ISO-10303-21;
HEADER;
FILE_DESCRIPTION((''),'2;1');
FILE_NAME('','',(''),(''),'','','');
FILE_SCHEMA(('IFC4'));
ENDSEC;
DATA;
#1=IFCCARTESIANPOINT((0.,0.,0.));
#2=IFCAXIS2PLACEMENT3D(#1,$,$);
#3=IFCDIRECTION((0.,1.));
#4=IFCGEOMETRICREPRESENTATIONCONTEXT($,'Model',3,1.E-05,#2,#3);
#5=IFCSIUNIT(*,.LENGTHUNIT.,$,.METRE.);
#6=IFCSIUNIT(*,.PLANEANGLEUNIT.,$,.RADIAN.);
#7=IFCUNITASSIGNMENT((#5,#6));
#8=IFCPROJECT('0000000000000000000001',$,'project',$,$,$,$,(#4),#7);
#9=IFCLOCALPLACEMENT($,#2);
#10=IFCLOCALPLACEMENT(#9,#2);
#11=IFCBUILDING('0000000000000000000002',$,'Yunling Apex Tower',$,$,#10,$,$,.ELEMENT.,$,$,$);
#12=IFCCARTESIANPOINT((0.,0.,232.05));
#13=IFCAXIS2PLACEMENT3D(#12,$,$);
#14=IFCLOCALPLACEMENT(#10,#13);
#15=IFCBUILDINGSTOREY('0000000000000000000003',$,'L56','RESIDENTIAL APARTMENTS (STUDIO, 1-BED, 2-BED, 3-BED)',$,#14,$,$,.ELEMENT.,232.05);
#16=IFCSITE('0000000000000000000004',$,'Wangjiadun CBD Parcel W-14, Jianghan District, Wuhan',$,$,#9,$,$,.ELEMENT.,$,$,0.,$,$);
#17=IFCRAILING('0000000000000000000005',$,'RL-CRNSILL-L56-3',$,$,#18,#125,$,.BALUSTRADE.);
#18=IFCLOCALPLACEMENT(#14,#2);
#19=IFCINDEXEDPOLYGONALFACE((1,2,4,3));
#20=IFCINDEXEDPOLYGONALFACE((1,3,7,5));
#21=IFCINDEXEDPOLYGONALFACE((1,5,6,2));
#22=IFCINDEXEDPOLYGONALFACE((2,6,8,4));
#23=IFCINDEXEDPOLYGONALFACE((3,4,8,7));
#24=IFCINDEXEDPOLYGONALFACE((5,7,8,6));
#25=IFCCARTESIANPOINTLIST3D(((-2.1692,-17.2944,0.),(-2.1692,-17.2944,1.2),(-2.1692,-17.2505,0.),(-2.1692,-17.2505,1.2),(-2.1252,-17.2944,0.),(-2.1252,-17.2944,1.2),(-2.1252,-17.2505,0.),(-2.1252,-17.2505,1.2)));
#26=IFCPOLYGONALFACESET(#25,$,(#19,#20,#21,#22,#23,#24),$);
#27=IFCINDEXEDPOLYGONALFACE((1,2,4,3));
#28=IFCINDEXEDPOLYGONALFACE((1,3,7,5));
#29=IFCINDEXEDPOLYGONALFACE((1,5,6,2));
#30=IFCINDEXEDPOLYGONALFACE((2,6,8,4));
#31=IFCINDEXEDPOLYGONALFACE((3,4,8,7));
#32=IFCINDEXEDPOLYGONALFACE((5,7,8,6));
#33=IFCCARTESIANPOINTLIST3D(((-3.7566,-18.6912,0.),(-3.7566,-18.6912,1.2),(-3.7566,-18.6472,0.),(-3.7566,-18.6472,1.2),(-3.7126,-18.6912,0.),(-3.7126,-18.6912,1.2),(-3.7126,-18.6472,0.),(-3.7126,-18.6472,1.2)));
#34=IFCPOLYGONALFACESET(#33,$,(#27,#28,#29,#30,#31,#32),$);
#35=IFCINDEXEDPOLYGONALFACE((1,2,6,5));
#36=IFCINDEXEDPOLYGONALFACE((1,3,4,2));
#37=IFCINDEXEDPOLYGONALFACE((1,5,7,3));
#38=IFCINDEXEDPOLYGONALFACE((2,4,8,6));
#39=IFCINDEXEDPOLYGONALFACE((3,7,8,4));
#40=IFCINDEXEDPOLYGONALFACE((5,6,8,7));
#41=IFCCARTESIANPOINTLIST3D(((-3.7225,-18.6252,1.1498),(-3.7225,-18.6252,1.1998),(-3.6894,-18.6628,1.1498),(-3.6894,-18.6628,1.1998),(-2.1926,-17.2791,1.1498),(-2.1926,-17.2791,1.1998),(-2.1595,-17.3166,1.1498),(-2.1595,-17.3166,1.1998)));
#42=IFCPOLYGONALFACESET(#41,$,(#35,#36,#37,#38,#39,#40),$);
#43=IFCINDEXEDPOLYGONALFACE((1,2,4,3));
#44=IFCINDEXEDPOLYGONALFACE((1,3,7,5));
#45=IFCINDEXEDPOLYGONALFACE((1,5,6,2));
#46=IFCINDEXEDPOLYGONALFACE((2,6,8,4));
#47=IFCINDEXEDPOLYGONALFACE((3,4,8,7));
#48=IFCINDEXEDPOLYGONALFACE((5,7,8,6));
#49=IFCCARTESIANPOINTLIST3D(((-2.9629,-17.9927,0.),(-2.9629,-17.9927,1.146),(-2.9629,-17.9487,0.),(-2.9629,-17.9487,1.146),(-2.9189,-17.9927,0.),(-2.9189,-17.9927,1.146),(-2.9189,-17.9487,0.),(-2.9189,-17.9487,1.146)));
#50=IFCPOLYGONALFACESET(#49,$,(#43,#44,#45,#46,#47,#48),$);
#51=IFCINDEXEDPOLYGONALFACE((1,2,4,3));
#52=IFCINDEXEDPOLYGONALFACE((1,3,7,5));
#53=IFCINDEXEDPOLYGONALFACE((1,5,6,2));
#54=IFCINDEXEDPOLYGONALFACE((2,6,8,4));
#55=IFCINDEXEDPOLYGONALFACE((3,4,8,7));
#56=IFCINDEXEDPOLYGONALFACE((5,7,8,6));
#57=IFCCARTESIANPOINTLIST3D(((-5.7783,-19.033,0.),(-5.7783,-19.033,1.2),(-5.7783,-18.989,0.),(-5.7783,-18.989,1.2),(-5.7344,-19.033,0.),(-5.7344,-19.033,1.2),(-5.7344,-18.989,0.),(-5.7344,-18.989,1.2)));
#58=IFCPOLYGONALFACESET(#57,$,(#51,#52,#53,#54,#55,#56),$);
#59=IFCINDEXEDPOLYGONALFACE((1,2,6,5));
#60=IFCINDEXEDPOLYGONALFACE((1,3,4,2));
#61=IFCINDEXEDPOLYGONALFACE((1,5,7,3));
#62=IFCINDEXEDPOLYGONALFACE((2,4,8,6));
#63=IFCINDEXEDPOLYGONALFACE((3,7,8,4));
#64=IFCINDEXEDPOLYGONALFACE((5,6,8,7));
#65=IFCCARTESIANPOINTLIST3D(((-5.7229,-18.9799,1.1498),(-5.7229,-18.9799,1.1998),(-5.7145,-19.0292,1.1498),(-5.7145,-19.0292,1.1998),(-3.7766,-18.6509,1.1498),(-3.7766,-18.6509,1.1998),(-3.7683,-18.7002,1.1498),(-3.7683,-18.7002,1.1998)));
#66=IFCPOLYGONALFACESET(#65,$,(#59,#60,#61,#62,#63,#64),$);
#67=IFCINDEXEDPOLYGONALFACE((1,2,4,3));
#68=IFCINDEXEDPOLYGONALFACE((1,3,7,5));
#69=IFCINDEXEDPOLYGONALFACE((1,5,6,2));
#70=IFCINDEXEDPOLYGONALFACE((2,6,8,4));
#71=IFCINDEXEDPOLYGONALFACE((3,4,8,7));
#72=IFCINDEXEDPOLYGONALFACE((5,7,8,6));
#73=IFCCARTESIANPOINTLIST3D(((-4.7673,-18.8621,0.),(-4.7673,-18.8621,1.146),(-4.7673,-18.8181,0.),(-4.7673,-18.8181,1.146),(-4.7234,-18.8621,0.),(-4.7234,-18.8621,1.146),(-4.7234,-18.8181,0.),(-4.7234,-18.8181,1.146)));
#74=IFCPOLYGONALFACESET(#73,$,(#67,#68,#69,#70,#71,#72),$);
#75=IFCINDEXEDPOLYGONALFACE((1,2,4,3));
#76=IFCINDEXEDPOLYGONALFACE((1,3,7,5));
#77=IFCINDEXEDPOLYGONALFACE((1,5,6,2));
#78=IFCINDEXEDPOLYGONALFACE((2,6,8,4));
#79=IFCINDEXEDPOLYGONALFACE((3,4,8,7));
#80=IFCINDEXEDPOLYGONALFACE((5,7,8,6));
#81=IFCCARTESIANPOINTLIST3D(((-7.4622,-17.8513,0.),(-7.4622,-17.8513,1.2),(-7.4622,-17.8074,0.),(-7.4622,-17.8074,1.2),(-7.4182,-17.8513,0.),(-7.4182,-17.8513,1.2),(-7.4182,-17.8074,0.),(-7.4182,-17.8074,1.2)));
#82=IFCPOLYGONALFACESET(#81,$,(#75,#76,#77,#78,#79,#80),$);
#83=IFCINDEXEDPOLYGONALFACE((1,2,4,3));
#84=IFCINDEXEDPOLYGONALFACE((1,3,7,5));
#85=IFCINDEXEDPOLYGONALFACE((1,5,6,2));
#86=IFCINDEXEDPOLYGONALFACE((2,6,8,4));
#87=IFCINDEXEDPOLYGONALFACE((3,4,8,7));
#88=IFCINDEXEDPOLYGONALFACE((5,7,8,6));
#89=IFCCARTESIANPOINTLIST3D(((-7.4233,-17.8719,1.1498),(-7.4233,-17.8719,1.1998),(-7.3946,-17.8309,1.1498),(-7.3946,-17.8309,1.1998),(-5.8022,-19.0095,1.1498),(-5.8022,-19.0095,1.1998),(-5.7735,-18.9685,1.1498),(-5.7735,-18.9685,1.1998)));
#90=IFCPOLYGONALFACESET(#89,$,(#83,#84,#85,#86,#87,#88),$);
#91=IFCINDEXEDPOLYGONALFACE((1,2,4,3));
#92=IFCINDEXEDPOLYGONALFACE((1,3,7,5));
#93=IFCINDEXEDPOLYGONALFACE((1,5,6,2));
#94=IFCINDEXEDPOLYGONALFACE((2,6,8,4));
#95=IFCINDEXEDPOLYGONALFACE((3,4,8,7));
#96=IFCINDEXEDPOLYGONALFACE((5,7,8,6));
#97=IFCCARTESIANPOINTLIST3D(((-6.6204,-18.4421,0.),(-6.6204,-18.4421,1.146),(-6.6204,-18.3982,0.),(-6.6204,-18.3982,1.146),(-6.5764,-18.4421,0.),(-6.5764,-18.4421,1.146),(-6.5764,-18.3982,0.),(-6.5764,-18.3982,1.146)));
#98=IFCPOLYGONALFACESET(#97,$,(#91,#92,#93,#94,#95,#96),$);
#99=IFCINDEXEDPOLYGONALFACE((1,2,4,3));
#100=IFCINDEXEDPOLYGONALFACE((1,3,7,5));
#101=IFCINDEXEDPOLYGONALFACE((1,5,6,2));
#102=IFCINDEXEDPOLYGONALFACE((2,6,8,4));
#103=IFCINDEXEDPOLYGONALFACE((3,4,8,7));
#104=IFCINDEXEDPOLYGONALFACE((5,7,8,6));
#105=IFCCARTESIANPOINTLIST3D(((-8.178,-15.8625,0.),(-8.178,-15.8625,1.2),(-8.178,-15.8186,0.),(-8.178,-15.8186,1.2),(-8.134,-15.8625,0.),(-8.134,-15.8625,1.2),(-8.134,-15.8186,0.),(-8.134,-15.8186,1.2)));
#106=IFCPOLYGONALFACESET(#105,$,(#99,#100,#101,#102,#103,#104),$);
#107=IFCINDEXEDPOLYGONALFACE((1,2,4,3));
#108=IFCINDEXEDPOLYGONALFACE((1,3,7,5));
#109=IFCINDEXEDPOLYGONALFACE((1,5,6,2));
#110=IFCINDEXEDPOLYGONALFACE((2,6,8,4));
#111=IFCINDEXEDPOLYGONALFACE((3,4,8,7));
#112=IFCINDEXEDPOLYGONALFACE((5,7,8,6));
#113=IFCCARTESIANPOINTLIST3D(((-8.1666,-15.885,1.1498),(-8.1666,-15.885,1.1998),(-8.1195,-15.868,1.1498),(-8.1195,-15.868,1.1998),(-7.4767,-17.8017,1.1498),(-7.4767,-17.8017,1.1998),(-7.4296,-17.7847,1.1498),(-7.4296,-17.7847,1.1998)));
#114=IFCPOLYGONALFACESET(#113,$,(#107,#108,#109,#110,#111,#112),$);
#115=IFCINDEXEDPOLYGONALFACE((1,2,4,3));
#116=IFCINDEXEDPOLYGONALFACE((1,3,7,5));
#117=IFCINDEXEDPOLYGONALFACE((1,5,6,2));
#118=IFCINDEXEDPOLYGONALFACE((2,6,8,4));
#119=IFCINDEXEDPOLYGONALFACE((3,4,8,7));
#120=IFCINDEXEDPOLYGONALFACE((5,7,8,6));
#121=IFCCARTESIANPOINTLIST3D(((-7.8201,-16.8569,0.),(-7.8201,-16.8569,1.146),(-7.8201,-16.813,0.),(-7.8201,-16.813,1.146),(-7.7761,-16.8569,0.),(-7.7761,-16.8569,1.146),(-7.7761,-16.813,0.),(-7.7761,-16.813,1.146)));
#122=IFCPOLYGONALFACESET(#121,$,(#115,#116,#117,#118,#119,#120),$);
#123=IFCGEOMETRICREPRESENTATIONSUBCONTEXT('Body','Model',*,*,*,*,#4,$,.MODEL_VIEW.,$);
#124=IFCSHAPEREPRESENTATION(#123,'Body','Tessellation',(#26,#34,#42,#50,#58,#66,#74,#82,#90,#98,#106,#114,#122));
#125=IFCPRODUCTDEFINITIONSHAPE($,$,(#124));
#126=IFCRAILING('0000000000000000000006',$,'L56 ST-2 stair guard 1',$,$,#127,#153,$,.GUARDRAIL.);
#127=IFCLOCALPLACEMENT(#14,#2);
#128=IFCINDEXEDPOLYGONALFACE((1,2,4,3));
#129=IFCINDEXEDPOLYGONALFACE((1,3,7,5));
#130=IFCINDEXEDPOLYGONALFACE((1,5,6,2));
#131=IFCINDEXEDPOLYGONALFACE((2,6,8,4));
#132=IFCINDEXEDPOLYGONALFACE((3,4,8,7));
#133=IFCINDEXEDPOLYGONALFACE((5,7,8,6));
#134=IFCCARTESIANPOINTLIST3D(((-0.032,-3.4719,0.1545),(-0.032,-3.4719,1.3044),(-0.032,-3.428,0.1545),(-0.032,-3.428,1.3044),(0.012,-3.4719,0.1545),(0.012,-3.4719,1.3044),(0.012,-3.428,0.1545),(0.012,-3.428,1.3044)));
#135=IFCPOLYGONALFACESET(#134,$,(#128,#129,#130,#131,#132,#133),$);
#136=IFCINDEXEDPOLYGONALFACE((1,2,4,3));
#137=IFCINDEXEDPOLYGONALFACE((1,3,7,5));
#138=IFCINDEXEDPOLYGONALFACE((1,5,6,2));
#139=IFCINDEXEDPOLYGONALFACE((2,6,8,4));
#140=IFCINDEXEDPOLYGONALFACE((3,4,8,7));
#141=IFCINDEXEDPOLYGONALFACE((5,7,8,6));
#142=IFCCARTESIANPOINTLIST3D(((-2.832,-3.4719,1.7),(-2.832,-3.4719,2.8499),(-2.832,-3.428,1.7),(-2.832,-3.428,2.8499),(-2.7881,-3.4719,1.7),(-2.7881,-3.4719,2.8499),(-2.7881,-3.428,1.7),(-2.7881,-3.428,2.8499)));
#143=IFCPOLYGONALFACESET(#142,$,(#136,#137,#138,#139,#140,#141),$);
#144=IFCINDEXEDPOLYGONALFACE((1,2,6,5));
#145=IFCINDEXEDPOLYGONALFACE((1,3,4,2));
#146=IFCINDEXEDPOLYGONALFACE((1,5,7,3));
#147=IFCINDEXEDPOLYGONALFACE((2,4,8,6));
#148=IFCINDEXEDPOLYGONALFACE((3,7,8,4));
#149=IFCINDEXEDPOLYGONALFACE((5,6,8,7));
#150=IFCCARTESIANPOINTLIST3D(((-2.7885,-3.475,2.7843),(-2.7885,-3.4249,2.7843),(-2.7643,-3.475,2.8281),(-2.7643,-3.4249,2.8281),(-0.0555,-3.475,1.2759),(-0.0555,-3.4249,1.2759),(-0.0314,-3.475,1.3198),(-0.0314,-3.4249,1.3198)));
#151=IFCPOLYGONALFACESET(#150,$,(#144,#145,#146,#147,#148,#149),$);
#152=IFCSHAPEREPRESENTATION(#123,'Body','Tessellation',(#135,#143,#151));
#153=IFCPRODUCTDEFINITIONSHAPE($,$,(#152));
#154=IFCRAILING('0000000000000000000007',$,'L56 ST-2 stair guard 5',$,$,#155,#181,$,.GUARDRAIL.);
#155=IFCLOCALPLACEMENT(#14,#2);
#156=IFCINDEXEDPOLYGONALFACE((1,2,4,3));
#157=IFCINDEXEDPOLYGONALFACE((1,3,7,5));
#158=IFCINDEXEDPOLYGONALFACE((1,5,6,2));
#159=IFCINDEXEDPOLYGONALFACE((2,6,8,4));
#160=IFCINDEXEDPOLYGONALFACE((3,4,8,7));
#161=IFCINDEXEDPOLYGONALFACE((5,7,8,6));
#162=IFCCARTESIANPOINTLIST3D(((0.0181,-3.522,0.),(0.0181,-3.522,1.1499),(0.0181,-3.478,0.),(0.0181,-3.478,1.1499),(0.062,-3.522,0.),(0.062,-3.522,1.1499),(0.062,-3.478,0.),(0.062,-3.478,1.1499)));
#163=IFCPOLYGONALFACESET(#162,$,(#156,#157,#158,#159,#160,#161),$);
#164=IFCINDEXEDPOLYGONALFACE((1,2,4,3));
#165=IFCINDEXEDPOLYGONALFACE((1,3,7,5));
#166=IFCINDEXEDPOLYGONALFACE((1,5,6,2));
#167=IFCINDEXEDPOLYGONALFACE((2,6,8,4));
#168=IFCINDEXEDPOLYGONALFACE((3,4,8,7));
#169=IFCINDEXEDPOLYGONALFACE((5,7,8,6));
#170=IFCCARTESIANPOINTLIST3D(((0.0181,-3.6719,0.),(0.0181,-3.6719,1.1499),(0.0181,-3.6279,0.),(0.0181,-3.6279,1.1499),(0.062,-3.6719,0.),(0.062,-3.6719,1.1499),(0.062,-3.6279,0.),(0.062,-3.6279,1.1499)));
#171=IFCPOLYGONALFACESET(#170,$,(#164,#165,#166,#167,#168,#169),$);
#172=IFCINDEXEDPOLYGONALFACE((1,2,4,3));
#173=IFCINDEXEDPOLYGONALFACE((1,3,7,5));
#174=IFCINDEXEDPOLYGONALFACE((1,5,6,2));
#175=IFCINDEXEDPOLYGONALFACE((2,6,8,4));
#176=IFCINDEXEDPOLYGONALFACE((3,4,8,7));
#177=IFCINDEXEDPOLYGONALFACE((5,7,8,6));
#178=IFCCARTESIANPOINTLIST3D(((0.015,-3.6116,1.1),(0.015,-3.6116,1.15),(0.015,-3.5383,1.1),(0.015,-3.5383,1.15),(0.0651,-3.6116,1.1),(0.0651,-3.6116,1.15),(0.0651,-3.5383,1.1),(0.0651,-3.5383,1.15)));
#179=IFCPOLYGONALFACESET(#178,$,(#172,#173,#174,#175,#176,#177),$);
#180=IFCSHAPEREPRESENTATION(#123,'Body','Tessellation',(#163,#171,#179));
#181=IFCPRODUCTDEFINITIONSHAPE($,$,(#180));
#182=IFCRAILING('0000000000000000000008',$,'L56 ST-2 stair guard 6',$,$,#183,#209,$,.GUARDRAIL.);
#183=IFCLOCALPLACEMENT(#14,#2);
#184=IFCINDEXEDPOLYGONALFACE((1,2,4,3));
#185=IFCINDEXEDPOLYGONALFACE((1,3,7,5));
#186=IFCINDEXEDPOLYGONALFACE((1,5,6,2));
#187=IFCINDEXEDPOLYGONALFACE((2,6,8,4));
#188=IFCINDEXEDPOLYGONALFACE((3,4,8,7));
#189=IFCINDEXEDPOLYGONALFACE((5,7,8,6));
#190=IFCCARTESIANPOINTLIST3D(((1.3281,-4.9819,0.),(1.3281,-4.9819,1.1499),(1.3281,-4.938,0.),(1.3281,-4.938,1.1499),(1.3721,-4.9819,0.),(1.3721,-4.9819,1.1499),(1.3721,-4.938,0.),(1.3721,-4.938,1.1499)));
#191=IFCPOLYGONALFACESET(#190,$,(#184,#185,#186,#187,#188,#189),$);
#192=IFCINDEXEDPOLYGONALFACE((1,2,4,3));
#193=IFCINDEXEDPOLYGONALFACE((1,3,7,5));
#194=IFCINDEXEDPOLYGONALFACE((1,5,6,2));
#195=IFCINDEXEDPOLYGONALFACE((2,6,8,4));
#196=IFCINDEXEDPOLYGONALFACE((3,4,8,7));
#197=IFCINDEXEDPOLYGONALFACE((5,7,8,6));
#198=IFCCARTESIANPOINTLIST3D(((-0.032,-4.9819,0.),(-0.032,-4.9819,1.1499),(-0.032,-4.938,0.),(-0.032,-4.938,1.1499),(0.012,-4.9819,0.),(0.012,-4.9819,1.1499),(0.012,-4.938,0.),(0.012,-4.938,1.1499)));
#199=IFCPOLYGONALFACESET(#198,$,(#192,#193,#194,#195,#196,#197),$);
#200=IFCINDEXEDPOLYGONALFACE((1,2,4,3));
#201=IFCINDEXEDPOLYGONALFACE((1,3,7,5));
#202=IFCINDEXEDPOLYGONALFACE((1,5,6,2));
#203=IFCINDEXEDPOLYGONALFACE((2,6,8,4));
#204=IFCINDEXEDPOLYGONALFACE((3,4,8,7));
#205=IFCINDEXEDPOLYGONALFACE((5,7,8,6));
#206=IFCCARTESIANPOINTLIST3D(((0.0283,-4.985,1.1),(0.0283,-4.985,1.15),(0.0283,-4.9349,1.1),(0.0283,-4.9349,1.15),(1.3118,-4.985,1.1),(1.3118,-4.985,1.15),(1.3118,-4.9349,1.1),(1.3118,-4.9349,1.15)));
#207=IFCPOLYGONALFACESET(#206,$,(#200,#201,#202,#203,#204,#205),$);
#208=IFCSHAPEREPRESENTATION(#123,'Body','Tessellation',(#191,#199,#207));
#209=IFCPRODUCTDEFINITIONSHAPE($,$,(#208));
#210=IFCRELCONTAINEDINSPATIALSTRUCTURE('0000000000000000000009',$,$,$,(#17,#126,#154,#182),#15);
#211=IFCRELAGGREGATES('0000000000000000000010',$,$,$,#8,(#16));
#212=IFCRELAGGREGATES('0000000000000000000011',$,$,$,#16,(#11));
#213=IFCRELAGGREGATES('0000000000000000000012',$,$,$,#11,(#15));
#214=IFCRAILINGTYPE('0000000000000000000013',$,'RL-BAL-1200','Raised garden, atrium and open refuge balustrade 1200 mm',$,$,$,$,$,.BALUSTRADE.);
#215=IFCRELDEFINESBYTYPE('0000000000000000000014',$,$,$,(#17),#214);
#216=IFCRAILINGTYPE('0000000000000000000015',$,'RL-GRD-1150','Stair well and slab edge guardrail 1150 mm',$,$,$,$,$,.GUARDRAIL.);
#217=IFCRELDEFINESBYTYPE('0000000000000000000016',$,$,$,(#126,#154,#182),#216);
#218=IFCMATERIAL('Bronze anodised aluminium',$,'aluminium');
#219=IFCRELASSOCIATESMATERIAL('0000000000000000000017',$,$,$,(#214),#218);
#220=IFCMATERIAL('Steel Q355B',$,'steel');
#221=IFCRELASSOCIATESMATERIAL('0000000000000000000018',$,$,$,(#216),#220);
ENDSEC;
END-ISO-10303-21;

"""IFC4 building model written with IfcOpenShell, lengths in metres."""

from ifc_helpers import new_model, si_unit, direction, frame, origin, origin_2d, place, context, subcontext, project, spatial, rectangle, extrude, material, type_object, element, save


model = new_model("IFC4")

# Units and contexts
model_context = context("Model", 3, precision=1e-05, world=origin(), true_north=direction((0.0, 1.0)))
body_context = subcontext(model_context, "Body", "Model", "MODEL_VIEW")
ifc_project = project(units=[si_unit("LENGTHUNIT", "METRE"), si_unit("PLANEANGLEUNIT", "RADIAN")], contexts=[model_context])

# Site, building, storey
site_placement = place(None, origin())
site = spatial("IfcSite", under=ifc_project, at=site_placement, Name="Wangjiadun CBD Parcel W-14, Jianghan District, Wuhan", CompositionType="ELEMENT", RefElevation=0.0)
building_placement = place(site_placement, origin())
building = spatial("IfcBuilding", under=site, at=building_placement, Name="Yunling Apex Tower", CompositionType="ELEMENT")
storey_placement = place(building_placement, frame((0.0, 0.0, 232.05)))
storey = spatial("IfcBuildingStorey", under=building, at=storey_placement, Name="L56", Description="RESIDENTIAL APARTMENTS (STUDIO, 1-BED, 2-BED, 3-BED)", CompositionType="ELEMENT", Elevation=232.05)

# Shared definitions
ifc_material_1 = material(Name="Steel Q355B", Category="steel")

# Shared definitions
ifc_material_2 = material(Name="Bronze anodised aluminium", Category="aluminium")

# Railings
railing_type_1 = type_object("IfcRailingType", Name="RL-BAL-1200", Description="Raised garden, atrium and open refuge balustrade 1200 mm", PredefinedType="BALUSTRADE", material=ifc_material_2)
railing_1_placement = place(storey_placement, frame((-2.1472, -17.2725, 0.0)))
element("IfcRailing", 1, at=railing_1_placement, inside=storey, type_object=railing_type_1, Name="RL-CRNSILL-L56-3", PredefinedType="BALUSTRADE", context=body_context, shape_type="SweptSolid", body=[
    extrude(rectangle(XDim=0.0439, YDim=0.0439, at=origin_2d()), origin(), (0.0, 0.0, 1.0), 1.2),
    extrude(rectangle(XDim=0.0439, YDim=0.0439, at=origin_2d()), frame((-1.5874, -1.3967, 0.0)), (0.0, 0.0, 1.0), 1.2),
    extrude(rectangle(XDim=0.05, YDim=0.05, at=origin_2d()), frame((-0.0288, -0.0254, 1.1748), z_axis=(-0.750757, -0.660578, 0.0), x_axis=(0.660578, -0.750757, 0.0)), (0.0, 0.0, 1.0), 2.0378),
    extrude(rectangle(XDim=0.0439, YDim=0.0439, at=origin_2d()), frame((-0.7937, -0.6982, 0.0)), (0.0, 0.0, 1.0), 1.146),
    extrude(rectangle(XDim=0.0439, YDim=0.0439, at=origin_2d()), frame((-3.6091, -1.7385, 0.0)), (0.0, 0.0, 1.0), 1.2),
    extrude(rectangle(XDim=0.05, YDim=0.05, at=origin_2d()), frame((-1.6252, -1.4031, 1.1748), z_axis=(-0.986008, -0.166696, 0.0), x_axis=(0.166696, -0.986008, 0.0)), (0.0, 0.0, 1.0), 1.9739),
    extrude(rectangle(XDim=0.0439, YDim=0.0439, at=origin_2d()), frame((-2.5981, -1.5676, 0.0)), (0.0, 0.0, 1.0), 1.146),
    extrude(rectangle(XDim=0.0439, YDim=0.0439, at=origin_2d()), frame((-5.293, -0.5569, 0.0)), (0.0, 0.0, 1.0), 1.2),
    extrude(rectangle(XDim=0.05, YDim=0.05, at=origin_2d()), frame((-3.6406, -1.7166, 1.1748), z_axis=(-0.818557, 0.574426, 0.0), x_axis=(-0.574426, -0.818557, 0.0)), (0.0, 0.0, 1.0), 1.9805),
    extrude(rectangle(XDim=0.0439, YDim=0.0439, at=origin_2d()), frame((-4.4512, -1.1477, 0.0)), (0.0, 0.0, 1.0), 1.146),
    extrude(rectangle(XDim=0.0439, YDim=0.0439, at=origin_2d()), frame((-6.0088, 1.4319, 0.0)), (0.0, 0.0, 1.0), 1.2),
    extrude(rectangle(XDim=0.05, YDim=0.05, at=origin_2d()), frame((-5.3059, -0.5208, 1.1748), z_axis=(-0.338662, 0.940908, 0.0), x_axis=(-0.940908, -0.338662, 0.0)), (0.0, 0.0, 1.0), 2.0371),
    extrude(rectangle(XDim=0.0439, YDim=0.0439, at=origin_2d()), frame((-5.6509, 0.4375, 0.0)), (0.0, 0.0, 1.0), 1.146),
])
railing_type_2 = type_object("IfcRailingType", Name="RL-GRD-1150", Description="Stair well and slab edge guardrail 1150 mm", PredefinedType="GUARDRAIL", material=ifc_material_1)
railing_2_placement = place(storey_placement, frame((-0.01, -3.45, 0.1545)))
element("IfcRailing", 2, at=railing_2_placement, inside=storey, type_object=railing_type_2, Name="L56 ST-2 stair guard 1", PredefinedType="GUARDRAIL", context=body_context, shape_type="SweptSolid", body=[
    extrude(rectangle(XDim=0.0439, YDim=0.0439, at=origin_2d()), origin(), (0.0, 0.0, 1.0), 1.1499),
    extrude(rectangle(XDim=0.0439, YDim=0.0439, at=origin_2d()), frame((-2.8, 0.0, 1.5454)), (0.0, 0.0, 1.0), 1.1499),
    extrude(rectangle(XDim=0.05, YDim=0.05, at=origin_2d()), frame((-0.0334, 0.0, 1.1433), z_axis=(-0.875504, 0.0, 0.483211), x_axis=(0.0, -1.0, 0.0)), (0.0, 0.0, 1.0), 3.1216),
])
railing_3_placement = place(storey_placement, frame((0.04, -3.5, 0.0)))
element("IfcRailing", 3, at=railing_3_placement, inside=storey, type_object=railing_type_2, Name="L56 ST-2 stair guard 5", PredefinedType="GUARDRAIL", context=body_context, shape_type="SweptSolid", body=[
    extrude(rectangle(XDim=0.0439, YDim=0.0439, at=origin_2d()), origin(), (0.0, 0.0, 1.0), 1.1499),
    extrude(rectangle(XDim=0.0439, YDim=0.0439, at=origin_2d()), frame((0.0, -0.1499, 0.0)), (0.0, 0.0, 1.0), 1.1499),
    extrude(rectangle(XDim=0.05, YDim=0.05, at=origin_2d()), frame((0.0, -0.0383, 1.125), z_axis=(0.0, -1.0, 0.0), x_axis=(1.0, 0.0, 0.0)), (0.0, 0.0, 1.0), 0.0732),
])
railing_4_placement = place(storey_placement, frame((1.3501, -4.96, 0.0)))
element("IfcRailing", 4, at=railing_4_placement, inside=storey, type_object=railing_type_2, Name="L56 ST-2 stair guard 6", PredefinedType="GUARDRAIL", context=body_context, shape_type="SweptSolid", body=[
    extrude(rectangle(XDim=0.0439, YDim=0.0439, at=origin_2d()), origin(), (0.0, 0.0, 1.0), 1.1499),
    extrude(rectangle(XDim=0.0439, YDim=0.0439, at=origin_2d()), frame((-1.3601, 0.0, 0.0)), (0.0, 0.0, 1.0), 1.1499),
    extrude(rectangle(XDim=0.05, YDim=0.05, at=origin_2d()), frame((-0.0383, 0.0, 1.125), z_axis=(-1.0, 0.0, 0.0), x_axis=(0.0, -1.0, 0.0)), (0.0, 0.0, 1.0), 1.2834),
])

save(model, "model.ifc")
